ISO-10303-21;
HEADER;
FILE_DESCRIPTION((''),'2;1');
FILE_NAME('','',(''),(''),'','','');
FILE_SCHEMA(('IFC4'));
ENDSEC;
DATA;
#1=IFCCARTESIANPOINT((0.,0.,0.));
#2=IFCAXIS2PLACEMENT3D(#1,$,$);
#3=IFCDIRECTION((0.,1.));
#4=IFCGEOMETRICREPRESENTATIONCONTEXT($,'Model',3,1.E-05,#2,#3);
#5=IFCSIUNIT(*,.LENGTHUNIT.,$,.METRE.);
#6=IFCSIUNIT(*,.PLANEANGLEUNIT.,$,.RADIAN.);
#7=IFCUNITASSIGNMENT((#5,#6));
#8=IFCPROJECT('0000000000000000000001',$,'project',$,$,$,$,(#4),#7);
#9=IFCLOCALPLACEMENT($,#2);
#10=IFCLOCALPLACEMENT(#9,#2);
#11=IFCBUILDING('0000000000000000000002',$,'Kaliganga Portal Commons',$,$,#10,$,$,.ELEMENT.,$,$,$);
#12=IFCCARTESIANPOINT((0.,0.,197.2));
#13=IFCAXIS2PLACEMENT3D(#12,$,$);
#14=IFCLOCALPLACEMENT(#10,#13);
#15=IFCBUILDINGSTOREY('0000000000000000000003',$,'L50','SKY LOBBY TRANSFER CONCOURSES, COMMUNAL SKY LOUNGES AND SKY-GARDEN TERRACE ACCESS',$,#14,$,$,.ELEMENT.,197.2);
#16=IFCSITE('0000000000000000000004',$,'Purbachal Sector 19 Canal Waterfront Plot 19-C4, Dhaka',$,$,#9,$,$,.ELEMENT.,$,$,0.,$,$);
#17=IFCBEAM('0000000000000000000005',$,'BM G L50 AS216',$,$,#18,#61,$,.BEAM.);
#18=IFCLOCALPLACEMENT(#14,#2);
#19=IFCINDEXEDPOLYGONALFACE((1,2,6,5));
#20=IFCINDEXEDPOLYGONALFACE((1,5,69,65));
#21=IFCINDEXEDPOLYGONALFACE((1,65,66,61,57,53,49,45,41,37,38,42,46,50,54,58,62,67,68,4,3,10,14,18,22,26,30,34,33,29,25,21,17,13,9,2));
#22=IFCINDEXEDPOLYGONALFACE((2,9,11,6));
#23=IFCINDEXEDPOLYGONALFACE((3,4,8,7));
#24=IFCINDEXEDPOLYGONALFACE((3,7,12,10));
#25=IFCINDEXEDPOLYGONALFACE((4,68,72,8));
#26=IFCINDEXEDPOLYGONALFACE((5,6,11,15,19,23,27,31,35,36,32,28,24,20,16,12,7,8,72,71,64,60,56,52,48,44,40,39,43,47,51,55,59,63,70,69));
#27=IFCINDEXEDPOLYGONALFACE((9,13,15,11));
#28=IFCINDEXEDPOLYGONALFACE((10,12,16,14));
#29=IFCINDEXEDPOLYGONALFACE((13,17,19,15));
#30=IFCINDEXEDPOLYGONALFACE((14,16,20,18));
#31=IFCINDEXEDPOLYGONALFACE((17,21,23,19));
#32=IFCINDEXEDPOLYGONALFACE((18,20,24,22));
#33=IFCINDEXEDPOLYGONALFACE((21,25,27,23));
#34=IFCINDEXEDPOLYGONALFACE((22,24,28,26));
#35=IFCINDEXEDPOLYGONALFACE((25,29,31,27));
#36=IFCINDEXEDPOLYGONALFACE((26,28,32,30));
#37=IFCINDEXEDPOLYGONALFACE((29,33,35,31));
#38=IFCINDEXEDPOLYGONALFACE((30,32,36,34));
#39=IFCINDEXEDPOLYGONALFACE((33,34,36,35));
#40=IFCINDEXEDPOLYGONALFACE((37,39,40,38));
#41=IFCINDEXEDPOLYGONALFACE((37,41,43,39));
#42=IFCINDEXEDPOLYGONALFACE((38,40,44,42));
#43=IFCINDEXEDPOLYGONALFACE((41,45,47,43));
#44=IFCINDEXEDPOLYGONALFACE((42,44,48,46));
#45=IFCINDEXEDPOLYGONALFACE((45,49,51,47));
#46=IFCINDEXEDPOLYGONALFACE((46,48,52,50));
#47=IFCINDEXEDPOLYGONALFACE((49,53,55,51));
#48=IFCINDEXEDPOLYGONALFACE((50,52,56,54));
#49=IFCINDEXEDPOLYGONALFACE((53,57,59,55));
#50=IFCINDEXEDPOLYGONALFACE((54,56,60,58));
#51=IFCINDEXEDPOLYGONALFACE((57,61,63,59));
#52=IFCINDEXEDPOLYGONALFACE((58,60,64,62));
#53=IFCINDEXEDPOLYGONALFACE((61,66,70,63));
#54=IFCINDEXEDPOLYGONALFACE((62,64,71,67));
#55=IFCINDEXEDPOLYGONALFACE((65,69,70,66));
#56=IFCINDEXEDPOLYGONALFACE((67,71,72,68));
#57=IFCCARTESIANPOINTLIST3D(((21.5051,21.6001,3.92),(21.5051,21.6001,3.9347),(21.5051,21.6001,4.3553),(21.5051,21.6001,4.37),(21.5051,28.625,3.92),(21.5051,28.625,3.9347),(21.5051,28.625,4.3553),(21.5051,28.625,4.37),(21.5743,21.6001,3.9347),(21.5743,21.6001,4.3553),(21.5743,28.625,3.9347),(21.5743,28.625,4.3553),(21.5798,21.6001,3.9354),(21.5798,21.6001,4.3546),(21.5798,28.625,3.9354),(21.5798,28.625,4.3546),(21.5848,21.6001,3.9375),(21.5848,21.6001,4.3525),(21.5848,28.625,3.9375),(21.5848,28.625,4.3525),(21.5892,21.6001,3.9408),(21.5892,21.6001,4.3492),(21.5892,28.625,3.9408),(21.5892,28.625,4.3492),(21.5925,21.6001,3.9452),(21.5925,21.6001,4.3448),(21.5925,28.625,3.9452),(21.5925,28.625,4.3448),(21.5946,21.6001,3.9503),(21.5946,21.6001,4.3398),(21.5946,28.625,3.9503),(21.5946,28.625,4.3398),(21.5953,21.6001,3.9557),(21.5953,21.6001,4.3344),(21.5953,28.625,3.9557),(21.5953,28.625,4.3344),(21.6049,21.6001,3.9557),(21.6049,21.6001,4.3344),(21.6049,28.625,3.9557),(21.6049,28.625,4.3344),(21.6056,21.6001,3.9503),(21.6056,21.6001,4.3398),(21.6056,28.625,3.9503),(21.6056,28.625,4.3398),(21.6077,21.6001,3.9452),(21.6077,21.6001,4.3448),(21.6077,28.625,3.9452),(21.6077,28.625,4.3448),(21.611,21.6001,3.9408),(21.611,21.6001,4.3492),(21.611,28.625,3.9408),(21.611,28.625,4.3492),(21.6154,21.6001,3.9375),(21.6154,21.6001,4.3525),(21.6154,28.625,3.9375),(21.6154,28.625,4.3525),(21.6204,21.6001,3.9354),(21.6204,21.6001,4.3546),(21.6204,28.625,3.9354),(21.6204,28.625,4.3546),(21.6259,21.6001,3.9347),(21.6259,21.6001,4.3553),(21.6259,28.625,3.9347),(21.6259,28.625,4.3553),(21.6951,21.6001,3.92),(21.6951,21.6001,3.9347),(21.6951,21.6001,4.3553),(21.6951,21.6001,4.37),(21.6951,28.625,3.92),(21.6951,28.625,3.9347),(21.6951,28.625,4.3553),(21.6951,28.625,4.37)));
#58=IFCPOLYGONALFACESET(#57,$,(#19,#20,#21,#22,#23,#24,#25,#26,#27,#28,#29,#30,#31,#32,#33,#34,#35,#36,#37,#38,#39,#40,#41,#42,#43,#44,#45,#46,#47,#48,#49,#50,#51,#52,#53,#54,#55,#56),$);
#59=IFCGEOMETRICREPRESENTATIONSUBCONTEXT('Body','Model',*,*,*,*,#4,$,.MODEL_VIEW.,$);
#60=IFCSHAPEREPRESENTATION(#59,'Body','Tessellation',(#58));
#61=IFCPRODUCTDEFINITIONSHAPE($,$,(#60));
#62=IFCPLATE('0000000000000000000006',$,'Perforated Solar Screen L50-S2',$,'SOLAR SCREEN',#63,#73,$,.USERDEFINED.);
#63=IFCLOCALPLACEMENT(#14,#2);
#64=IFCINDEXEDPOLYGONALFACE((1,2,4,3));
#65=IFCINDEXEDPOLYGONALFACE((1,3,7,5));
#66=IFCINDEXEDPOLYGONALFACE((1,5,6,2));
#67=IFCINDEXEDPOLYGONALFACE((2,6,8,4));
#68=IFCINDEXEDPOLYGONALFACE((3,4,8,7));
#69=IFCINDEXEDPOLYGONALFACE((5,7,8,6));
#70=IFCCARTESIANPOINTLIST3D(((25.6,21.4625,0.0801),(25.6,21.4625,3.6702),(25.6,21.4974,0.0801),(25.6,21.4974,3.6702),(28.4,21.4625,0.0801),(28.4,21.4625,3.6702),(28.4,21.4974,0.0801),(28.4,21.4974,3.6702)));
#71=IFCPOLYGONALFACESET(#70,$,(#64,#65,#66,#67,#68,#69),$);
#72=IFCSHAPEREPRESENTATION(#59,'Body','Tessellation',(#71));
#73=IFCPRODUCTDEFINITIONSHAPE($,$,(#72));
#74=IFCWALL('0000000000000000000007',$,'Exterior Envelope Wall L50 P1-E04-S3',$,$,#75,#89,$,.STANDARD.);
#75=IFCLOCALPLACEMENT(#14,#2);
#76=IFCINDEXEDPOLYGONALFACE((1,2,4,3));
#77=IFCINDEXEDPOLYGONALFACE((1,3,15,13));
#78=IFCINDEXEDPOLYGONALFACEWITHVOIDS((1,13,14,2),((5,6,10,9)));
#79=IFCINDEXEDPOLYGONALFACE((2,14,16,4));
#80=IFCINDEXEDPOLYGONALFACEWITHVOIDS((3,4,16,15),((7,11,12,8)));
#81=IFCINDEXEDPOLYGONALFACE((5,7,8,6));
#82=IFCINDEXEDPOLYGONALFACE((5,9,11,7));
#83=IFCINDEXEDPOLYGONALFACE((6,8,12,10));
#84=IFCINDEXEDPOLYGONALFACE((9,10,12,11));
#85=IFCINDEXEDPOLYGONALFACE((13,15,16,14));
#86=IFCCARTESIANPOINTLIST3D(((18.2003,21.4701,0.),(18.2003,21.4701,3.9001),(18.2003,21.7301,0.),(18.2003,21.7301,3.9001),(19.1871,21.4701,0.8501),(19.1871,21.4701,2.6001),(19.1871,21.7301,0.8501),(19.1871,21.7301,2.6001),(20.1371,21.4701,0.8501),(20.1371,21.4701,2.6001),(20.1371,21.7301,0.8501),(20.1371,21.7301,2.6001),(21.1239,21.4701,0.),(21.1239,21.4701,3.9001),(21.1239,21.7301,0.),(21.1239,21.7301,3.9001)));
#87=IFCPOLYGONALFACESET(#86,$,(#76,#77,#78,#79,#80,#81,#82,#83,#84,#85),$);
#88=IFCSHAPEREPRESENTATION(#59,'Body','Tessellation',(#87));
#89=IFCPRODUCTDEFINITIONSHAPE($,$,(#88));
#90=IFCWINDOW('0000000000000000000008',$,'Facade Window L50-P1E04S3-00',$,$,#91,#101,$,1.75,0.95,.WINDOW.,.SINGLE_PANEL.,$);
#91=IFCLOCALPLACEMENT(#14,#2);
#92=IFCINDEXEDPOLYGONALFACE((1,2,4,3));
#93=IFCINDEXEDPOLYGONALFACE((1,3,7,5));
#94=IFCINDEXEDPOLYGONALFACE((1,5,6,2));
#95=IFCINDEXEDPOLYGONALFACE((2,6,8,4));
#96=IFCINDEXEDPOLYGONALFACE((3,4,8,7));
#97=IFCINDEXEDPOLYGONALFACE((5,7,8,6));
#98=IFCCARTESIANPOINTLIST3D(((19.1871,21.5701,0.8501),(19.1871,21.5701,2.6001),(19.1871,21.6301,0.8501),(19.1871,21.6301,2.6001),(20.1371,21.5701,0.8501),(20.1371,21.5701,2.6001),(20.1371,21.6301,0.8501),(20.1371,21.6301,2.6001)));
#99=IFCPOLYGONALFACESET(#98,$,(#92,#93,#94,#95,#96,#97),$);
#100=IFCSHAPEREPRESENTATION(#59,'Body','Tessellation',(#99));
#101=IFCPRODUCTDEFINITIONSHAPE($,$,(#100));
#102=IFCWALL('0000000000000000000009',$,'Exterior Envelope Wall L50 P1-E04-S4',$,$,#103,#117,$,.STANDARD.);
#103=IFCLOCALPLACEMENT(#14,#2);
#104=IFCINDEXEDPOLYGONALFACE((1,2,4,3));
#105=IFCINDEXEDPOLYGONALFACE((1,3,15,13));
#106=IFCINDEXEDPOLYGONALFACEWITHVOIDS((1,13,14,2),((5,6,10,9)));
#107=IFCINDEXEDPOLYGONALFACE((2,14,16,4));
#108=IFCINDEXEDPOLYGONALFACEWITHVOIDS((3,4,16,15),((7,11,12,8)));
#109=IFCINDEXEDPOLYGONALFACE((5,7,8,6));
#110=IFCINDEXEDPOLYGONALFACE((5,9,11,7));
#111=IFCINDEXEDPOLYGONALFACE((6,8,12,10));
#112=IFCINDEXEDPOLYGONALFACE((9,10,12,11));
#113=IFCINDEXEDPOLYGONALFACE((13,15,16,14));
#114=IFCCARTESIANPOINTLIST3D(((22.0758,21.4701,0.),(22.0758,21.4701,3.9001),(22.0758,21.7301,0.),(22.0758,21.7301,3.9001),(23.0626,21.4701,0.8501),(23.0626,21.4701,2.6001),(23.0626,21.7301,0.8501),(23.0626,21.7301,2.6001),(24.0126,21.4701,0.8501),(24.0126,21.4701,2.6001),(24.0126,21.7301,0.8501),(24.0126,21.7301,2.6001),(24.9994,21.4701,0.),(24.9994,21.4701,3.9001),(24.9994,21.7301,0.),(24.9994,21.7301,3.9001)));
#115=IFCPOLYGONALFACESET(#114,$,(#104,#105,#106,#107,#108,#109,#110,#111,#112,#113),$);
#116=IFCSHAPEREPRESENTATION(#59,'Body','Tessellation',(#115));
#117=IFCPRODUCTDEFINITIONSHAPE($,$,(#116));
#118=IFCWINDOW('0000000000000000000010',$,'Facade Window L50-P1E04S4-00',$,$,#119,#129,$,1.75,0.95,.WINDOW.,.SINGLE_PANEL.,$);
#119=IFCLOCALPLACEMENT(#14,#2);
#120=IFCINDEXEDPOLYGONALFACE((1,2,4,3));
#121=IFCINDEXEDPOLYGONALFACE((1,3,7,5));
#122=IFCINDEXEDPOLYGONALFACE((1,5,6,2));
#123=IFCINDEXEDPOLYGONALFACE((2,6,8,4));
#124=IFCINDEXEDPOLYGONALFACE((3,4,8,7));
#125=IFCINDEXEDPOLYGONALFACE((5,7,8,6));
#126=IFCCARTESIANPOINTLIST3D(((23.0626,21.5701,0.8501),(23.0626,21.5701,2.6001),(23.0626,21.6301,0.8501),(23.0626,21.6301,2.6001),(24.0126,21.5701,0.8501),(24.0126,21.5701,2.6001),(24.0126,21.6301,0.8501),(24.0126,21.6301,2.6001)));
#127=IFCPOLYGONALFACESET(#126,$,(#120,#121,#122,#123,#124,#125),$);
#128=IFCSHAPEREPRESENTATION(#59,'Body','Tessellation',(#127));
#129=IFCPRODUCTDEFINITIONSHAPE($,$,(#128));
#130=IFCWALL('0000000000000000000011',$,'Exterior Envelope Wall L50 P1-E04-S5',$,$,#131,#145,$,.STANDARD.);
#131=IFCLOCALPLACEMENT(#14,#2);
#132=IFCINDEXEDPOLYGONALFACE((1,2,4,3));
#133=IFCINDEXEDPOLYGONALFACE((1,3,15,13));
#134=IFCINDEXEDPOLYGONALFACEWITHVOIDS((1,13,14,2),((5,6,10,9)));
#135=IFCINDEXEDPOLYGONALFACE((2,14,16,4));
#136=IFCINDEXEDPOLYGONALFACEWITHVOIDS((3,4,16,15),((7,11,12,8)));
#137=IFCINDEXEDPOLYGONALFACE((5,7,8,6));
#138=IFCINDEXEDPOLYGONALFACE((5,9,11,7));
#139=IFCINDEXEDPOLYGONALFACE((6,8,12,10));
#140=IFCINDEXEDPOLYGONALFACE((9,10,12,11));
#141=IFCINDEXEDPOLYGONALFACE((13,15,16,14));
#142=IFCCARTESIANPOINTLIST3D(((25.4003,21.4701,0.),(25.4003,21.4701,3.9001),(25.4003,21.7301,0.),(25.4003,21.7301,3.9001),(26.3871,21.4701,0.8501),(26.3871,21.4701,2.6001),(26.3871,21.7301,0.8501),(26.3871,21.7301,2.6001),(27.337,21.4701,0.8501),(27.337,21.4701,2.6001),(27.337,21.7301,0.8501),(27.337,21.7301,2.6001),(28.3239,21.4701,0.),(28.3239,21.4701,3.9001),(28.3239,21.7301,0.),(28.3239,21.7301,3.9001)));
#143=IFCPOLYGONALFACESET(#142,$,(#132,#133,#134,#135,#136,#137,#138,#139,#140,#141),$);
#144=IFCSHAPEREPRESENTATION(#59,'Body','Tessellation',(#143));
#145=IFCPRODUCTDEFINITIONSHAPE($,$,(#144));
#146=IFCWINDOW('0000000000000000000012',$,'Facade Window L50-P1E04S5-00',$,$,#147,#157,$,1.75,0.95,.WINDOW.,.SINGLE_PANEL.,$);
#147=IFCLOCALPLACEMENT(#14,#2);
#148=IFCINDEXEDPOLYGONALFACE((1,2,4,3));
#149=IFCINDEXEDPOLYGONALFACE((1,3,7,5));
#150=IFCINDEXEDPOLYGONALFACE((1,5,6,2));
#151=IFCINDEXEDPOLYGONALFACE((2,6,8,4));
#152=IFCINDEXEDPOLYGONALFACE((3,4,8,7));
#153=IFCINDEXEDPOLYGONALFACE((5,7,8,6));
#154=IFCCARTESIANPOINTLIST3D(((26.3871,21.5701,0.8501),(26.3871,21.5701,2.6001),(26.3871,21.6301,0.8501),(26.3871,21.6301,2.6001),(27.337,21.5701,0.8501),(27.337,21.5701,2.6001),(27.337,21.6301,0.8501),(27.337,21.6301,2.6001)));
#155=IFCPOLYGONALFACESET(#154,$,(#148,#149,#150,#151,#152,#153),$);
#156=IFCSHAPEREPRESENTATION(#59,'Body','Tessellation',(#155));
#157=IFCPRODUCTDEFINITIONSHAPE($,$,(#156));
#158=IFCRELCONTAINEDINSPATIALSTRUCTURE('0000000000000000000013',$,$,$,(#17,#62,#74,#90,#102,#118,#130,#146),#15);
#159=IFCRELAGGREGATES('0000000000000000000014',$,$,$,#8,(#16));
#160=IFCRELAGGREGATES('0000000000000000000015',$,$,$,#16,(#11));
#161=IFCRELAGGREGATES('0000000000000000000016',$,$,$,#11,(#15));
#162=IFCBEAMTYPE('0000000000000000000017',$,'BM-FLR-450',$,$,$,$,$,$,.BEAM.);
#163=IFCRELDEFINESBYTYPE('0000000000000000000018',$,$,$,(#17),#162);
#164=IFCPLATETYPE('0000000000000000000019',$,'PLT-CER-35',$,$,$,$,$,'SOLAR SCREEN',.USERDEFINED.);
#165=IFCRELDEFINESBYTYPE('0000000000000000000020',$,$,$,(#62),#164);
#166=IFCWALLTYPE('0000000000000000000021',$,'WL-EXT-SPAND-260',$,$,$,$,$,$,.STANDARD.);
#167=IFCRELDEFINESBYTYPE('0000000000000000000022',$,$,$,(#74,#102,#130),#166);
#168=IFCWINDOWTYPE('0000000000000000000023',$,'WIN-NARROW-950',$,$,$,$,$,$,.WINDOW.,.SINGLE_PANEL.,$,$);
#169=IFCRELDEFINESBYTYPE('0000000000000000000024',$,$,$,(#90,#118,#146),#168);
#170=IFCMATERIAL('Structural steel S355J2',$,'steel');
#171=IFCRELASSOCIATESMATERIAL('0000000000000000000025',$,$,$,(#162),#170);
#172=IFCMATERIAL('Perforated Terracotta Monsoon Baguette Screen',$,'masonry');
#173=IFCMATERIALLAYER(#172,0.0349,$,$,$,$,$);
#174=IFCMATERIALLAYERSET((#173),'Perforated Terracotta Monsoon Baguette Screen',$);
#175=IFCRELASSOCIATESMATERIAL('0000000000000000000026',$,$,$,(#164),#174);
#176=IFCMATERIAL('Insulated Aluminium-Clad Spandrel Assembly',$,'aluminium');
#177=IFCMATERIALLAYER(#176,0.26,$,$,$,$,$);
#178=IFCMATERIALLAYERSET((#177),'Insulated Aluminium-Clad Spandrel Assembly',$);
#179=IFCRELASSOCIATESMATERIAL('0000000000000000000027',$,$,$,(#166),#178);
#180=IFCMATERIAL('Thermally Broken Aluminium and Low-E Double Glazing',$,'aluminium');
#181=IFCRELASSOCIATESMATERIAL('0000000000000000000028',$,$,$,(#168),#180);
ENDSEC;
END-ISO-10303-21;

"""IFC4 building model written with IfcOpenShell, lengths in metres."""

from ifc_helpers import new_model, si_unit, direction, frame, frame_2d, origin, origin_2d, place, context, subcontext, project, spatial, rectangle, i_section, extrude, source, transform, mapped, material, layer, layer_set, material_profile, profile_set, type_object, element, fill, save


model = new_model("IFC4")

# Units and contexts
model_context = context("Model", 3, precision=1e-05, world=origin(), true_north=direction((0.0, 1.0)))
body_context = subcontext(model_context, "Body", "Model", "MODEL_VIEW")
ifc_project = project(units=[si_unit("LENGTHUNIT", "METRE"), si_unit("PLANEANGLEUNIT", "RADIAN")], contexts=[model_context])

# Site, building, storey
site_placement = place(None, origin())
site = spatial("IfcSite", under=ifc_project, at=site_placement, Name="Purbachal Sector 19 Canal Waterfront Plot 19-C4, Dhaka", CompositionType="ELEMENT", RefElevation=0.0)
building_placement = place(site_placement, origin())
building = spatial("IfcBuilding", under=site, at=building_placement, Name="Kaliganga Portal Commons", CompositionType="ELEMENT")
storey_placement = place(building_placement, frame((0.0, 0.0, 197.2)))
storey = spatial("IfcBuildingStorey", under=building, at=storey_placement, Name="L50", Description="SKY LOBBY TRANSFER CONCOURSES, COMMUNAL SKY LOUNGES AND SKY-GARDEN TERRACE ACCESS", CompositionType="ELEMENT", Elevation=197.2)

# Shared definitions
ifc_material_1 = material(Name="Structural steel S355J2", Category="steel")

# Beam
ifc_material_profile_1 = material_profile(ifc_material_1, i_section(OverallWidth=0.1899, OverallDepth=0.45, WebThickness=0.0095, FlangeThickness=0.0146, FilletRadius=0.021, at=origin_2d()), Name="IPE 450")
ifc_profile_set_1 = profile_set([ifc_material_profile_1], Name="Structural steel S355J2 wide-flange")
beam_type_1 = type_object("IfcBeamType", Name="BM-FLR-450", PredefinedType="BEAM", material=ifc_profile_set_1)
shared_shape_1 = source(origin(), body_context, "Body", "SweptSolid", [
    extrude(i_section(OverallWidth=0.1899, OverallDepth=0.45, WebThickness=0.0095, FlangeThickness=0.0146, FilletRadius=0.021, at=origin_2d()), origin(), (0.0, 0.0, 1.0), 7.0249),
])
beam_1_placement = place(storey_placement, frame((21.6001, 21.6001, 4.145), z_axis=(0.0, 1.0, 0.0), x_axis=(-1.0, 0.0, 0.0)))
element("IfcBeam", 1, at=beam_1_placement, inside=storey, type_object=beam_type_1, Name="BM G L50 AS216", PredefinedType="BEAM", context=body_context, shape_type="MappedRepresentation", body=[
    mapped(shared_shape_1, transform((0.0, 0.0, 0.0), x_axis=(1.0, 0.0, 0.0), y_axis=(0.0, 1.0, 0.0), z_axis=(0.0, 0.0, 1.0), scale=1.0)),
])

# Plate
ifc_material_2 = material(Name="Perforated Terracotta Monsoon Baguette Screen", Category="masonry")
ifc_layer_1 = layer(ifc_material_2, 0.0349)
ifc_layer_set_1 = layer_set([ifc_layer_1], Name="Perforated Terracotta Monsoon Baguette Screen")
plate_type = type_object("IfcPlateType", Name="PLT-CER-35", ElementType="SOLAR SCREEN", PredefinedType="USERDEFINED", material=ifc_layer_set_1)
shared_shape_2 = source(origin(), body_context, "Body", "SweptSolid", [
    extrude(rectangle(XDim=2.8, YDim=0.0349, at=origin_2d()), origin(), (0.0, 0.0, 1.0), 3.5901),
])
plate_placement = place(storey_placement, frame((27.0, 21.48, 0.0801), z_axis=(0.0, 0.0, 1.0), x_axis=(1.0, 0.0, 0.0)))
element("IfcPlate", 2, at=plate_placement, inside=storey, type_object=plate_type, Name="Perforated Solar Screen L50-S2", ObjectType="SOLAR SCREEN", PredefinedType="USERDEFINED", context=body_context, shape_type="MappedRepresentation", body=[
    mapped(shared_shape_2, transform((0.0, 0.0, 0.0), x_axis=(1.0, 0.0, 0.0), y_axis=(0.0, 1.0, 0.0), z_axis=(0.0, 0.0, 1.0), scale=1.0)),
])

# Walls, openings, windows
ifc_material_3 = material(Name="Insulated Aluminium-Clad Spandrel Assembly", Category="aluminium")
ifc_layer_2 = layer(ifc_material_3, 0.26)
ifc_layer_set_2 = layer_set([ifc_layer_2], Name="Insulated Aluminium-Clad Spandrel Assembly")
wall_type_1 = type_object("IfcWallType", Name="WL-EXT-SPAND-260", PredefinedType="STANDARD", material=ifc_layer_set_2)
wall_1_placement = place(storey_placement, frame((21.124, 21.6001, 0.0), z_axis=(0.0, 0.0, 1.0), x_axis=(-1.0, 0.0, 0.0)))
wall_1 = element("IfcWall", 3, at=wall_1_placement, inside=storey, type_object=wall_type_1, Name="Exterior Envelope Wall L50 P1-E04-S3", PredefinedType="STANDARD", context=body_context, shape_type="SweptSolid", body=[
    extrude(rectangle(XDim=2.9236, YDim=0.26, at=frame_2d((1.4619, 0.0))), origin(), (0.0, 0.0, 1.0), 3.9001),
])
opening_1_placement = place(wall_1_placement, frame((0.9868, 0.0, 0.8501)))
opening_1 = element("IfcOpeningElement", 4, at=opening_1_placement, cuts=wall_1, PredefinedType="OPENING", context=body_context, shape_type="SweptSolid", body=[
    extrude(rectangle(XDim=0.95, YDim=1.75, at=frame_2d((0.4751, 0.875))), frame((0.0, 0.1401, 0.0), z_axis=(0.0, -1.0, 0.0), x_axis=(1.0, 0.0, 0.0)), (0.0, 0.0, 1.0), 0.28),
])
ifc_material_4 = material(Name="Thermally Broken Aluminium and Low-E Double Glazing", Category="aluminium")
window_type_1 = type_object("IfcWindowType", Name="WIN-NARROW-950", PartitioningType="SINGLE_PANEL", PredefinedType="WINDOW", material=ifc_material_4)
window_1_placement = place(opening_1_placement, origin())
window_1 = element("IfcWindow", 5, at=window_1_placement, inside=storey, type_object=window_type_1, Name="Facade Window L50-P1E04S3-00", OverallHeight=1.75, OverallWidth=0.95, PartitioningType="SINGLE_PANEL", PredefinedType="WINDOW", context=body_context, shape_type="SweptSolid", body=[
    extrude(rectangle(XDim=0.95, YDim=1.75, at=frame_2d((0.4751, 0.875))), frame((0.0, 0.03, 0.0), z_axis=(0.0, -1.0, 0.0), x_axis=(1.0, 0.0, 0.0)), (0.0, 0.0, 1.0), 0.0601),
])
fill(opening_1, window_1)
wall_2_placement = place(storey_placement, frame((24.9995, 21.6001, 0.0), z_axis=(0.0, 0.0, 1.0), x_axis=(-1.0, 0.0, 0.0)))
wall_2 = element("IfcWall", 6, at=wall_2_placement, inside=storey, type_object=wall_type_1, Name="Exterior Envelope Wall L50 P1-E04-S4", PredefinedType="STANDARD", context=body_context, shape_type="SweptSolid", body=[
    extrude(rectangle(XDim=2.9236, YDim=0.26, at=frame_2d((1.4619, 0.0))), origin(), (0.0, 0.0, 1.0), 3.9001),
])
opening_2_placement = place(wall_2_placement, frame((0.9868, 0.0, 0.8501)))
opening_2 = element("IfcOpeningElement", 7, at=opening_2_placement, cuts=wall_2, PredefinedType="OPENING", context=body_context, shape_type="SweptSolid", body=[
    extrude(rectangle(XDim=0.95, YDim=1.75, at=frame_2d((0.4751, 0.875))), frame((0.0, 0.1401, 0.0), z_axis=(0.0, -1.0, 0.0), x_axis=(1.0, 0.0, 0.0)), (0.0, 0.0, 1.0), 0.28),
])
window_2_placement = place(opening_2_placement, origin())
window_2 = element("IfcWindow", 8, at=window_2_placement, inside=storey, type_object=window_type_1, Name="Facade Window L50-P1E04S4-00", OverallHeight=1.75, OverallWidth=0.95, PartitioningType="SINGLE_PANEL", PredefinedType="WINDOW", context=body_context, shape_type="SweptSolid", body=[
    extrude(rectangle(XDim=0.95, YDim=1.75, at=frame_2d((0.4751, 0.875))), frame((0.0, 0.03, 0.0), z_axis=(0.0, -1.0, 0.0), x_axis=(1.0, 0.0, 0.0)), (0.0, 0.0, 1.0), 0.0601),
])
fill(opening_2, window_2)
wall_3_placement = place(storey_placement, frame((28.324, 21.6001, 0.0), z_axis=(0.0, 0.0, 1.0), x_axis=(-1.0, 0.0, 0.0)))
wall_3 = element("IfcWall", 9, at=wall_3_placement, inside=storey, type_object=wall_type_1, Name="Exterior Envelope Wall L50 P1-E04-S5", PredefinedType="STANDARD", context=body_context, shape_type="SweptSolid", body=[
    extrude(rectangle(XDim=2.9236, YDim=0.26, at=frame_2d((1.4619, 0.0))), origin(), (0.0, 0.0, 1.0), 3.9001),
])
opening_3_placement = place(wall_3_placement, frame((0.9868, 0.0, 0.8501)))
opening_3 = element("IfcOpeningElement", 10, at=opening_3_placement, cuts=wall_3, PredefinedType="OPENING", context=body_context, shape_type="SweptSolid", body=[
    extrude(rectangle(XDim=0.95, YDim=1.75, at=frame_2d((0.4751, 0.875))), frame((0.0, 0.1401, 0.0), z_axis=(0.0, -1.0, 0.0), x_axis=(1.0, 0.0, 0.0)), (0.0, 0.0, 1.0), 0.28),
])
window_3_placement = place(opening_3_placement, origin())
window_3 = element("IfcWindow", 11, at=window_3_placement, inside=storey, type_object=window_type_1, Name="Facade Window L50-P1E04S5-00", OverallHeight=1.75, OverallWidth=0.95, PartitioningType="SINGLE_PANEL", PredefinedType="WINDOW", context=body_context, shape_type="SweptSolid", body=[
    extrude(rectangle(XDim=0.95, YDim=1.75, at=frame_2d((0.4751, 0.875))), frame((0.0, 0.03, 0.0), z_axis=(0.0, -1.0, 0.0), x_axis=(1.0, 0.0, 0.0)), (0.0, 0.0, 1.0), 0.0601),
])
fill(opening_3, window_3)

save(model, "model.ifc")
